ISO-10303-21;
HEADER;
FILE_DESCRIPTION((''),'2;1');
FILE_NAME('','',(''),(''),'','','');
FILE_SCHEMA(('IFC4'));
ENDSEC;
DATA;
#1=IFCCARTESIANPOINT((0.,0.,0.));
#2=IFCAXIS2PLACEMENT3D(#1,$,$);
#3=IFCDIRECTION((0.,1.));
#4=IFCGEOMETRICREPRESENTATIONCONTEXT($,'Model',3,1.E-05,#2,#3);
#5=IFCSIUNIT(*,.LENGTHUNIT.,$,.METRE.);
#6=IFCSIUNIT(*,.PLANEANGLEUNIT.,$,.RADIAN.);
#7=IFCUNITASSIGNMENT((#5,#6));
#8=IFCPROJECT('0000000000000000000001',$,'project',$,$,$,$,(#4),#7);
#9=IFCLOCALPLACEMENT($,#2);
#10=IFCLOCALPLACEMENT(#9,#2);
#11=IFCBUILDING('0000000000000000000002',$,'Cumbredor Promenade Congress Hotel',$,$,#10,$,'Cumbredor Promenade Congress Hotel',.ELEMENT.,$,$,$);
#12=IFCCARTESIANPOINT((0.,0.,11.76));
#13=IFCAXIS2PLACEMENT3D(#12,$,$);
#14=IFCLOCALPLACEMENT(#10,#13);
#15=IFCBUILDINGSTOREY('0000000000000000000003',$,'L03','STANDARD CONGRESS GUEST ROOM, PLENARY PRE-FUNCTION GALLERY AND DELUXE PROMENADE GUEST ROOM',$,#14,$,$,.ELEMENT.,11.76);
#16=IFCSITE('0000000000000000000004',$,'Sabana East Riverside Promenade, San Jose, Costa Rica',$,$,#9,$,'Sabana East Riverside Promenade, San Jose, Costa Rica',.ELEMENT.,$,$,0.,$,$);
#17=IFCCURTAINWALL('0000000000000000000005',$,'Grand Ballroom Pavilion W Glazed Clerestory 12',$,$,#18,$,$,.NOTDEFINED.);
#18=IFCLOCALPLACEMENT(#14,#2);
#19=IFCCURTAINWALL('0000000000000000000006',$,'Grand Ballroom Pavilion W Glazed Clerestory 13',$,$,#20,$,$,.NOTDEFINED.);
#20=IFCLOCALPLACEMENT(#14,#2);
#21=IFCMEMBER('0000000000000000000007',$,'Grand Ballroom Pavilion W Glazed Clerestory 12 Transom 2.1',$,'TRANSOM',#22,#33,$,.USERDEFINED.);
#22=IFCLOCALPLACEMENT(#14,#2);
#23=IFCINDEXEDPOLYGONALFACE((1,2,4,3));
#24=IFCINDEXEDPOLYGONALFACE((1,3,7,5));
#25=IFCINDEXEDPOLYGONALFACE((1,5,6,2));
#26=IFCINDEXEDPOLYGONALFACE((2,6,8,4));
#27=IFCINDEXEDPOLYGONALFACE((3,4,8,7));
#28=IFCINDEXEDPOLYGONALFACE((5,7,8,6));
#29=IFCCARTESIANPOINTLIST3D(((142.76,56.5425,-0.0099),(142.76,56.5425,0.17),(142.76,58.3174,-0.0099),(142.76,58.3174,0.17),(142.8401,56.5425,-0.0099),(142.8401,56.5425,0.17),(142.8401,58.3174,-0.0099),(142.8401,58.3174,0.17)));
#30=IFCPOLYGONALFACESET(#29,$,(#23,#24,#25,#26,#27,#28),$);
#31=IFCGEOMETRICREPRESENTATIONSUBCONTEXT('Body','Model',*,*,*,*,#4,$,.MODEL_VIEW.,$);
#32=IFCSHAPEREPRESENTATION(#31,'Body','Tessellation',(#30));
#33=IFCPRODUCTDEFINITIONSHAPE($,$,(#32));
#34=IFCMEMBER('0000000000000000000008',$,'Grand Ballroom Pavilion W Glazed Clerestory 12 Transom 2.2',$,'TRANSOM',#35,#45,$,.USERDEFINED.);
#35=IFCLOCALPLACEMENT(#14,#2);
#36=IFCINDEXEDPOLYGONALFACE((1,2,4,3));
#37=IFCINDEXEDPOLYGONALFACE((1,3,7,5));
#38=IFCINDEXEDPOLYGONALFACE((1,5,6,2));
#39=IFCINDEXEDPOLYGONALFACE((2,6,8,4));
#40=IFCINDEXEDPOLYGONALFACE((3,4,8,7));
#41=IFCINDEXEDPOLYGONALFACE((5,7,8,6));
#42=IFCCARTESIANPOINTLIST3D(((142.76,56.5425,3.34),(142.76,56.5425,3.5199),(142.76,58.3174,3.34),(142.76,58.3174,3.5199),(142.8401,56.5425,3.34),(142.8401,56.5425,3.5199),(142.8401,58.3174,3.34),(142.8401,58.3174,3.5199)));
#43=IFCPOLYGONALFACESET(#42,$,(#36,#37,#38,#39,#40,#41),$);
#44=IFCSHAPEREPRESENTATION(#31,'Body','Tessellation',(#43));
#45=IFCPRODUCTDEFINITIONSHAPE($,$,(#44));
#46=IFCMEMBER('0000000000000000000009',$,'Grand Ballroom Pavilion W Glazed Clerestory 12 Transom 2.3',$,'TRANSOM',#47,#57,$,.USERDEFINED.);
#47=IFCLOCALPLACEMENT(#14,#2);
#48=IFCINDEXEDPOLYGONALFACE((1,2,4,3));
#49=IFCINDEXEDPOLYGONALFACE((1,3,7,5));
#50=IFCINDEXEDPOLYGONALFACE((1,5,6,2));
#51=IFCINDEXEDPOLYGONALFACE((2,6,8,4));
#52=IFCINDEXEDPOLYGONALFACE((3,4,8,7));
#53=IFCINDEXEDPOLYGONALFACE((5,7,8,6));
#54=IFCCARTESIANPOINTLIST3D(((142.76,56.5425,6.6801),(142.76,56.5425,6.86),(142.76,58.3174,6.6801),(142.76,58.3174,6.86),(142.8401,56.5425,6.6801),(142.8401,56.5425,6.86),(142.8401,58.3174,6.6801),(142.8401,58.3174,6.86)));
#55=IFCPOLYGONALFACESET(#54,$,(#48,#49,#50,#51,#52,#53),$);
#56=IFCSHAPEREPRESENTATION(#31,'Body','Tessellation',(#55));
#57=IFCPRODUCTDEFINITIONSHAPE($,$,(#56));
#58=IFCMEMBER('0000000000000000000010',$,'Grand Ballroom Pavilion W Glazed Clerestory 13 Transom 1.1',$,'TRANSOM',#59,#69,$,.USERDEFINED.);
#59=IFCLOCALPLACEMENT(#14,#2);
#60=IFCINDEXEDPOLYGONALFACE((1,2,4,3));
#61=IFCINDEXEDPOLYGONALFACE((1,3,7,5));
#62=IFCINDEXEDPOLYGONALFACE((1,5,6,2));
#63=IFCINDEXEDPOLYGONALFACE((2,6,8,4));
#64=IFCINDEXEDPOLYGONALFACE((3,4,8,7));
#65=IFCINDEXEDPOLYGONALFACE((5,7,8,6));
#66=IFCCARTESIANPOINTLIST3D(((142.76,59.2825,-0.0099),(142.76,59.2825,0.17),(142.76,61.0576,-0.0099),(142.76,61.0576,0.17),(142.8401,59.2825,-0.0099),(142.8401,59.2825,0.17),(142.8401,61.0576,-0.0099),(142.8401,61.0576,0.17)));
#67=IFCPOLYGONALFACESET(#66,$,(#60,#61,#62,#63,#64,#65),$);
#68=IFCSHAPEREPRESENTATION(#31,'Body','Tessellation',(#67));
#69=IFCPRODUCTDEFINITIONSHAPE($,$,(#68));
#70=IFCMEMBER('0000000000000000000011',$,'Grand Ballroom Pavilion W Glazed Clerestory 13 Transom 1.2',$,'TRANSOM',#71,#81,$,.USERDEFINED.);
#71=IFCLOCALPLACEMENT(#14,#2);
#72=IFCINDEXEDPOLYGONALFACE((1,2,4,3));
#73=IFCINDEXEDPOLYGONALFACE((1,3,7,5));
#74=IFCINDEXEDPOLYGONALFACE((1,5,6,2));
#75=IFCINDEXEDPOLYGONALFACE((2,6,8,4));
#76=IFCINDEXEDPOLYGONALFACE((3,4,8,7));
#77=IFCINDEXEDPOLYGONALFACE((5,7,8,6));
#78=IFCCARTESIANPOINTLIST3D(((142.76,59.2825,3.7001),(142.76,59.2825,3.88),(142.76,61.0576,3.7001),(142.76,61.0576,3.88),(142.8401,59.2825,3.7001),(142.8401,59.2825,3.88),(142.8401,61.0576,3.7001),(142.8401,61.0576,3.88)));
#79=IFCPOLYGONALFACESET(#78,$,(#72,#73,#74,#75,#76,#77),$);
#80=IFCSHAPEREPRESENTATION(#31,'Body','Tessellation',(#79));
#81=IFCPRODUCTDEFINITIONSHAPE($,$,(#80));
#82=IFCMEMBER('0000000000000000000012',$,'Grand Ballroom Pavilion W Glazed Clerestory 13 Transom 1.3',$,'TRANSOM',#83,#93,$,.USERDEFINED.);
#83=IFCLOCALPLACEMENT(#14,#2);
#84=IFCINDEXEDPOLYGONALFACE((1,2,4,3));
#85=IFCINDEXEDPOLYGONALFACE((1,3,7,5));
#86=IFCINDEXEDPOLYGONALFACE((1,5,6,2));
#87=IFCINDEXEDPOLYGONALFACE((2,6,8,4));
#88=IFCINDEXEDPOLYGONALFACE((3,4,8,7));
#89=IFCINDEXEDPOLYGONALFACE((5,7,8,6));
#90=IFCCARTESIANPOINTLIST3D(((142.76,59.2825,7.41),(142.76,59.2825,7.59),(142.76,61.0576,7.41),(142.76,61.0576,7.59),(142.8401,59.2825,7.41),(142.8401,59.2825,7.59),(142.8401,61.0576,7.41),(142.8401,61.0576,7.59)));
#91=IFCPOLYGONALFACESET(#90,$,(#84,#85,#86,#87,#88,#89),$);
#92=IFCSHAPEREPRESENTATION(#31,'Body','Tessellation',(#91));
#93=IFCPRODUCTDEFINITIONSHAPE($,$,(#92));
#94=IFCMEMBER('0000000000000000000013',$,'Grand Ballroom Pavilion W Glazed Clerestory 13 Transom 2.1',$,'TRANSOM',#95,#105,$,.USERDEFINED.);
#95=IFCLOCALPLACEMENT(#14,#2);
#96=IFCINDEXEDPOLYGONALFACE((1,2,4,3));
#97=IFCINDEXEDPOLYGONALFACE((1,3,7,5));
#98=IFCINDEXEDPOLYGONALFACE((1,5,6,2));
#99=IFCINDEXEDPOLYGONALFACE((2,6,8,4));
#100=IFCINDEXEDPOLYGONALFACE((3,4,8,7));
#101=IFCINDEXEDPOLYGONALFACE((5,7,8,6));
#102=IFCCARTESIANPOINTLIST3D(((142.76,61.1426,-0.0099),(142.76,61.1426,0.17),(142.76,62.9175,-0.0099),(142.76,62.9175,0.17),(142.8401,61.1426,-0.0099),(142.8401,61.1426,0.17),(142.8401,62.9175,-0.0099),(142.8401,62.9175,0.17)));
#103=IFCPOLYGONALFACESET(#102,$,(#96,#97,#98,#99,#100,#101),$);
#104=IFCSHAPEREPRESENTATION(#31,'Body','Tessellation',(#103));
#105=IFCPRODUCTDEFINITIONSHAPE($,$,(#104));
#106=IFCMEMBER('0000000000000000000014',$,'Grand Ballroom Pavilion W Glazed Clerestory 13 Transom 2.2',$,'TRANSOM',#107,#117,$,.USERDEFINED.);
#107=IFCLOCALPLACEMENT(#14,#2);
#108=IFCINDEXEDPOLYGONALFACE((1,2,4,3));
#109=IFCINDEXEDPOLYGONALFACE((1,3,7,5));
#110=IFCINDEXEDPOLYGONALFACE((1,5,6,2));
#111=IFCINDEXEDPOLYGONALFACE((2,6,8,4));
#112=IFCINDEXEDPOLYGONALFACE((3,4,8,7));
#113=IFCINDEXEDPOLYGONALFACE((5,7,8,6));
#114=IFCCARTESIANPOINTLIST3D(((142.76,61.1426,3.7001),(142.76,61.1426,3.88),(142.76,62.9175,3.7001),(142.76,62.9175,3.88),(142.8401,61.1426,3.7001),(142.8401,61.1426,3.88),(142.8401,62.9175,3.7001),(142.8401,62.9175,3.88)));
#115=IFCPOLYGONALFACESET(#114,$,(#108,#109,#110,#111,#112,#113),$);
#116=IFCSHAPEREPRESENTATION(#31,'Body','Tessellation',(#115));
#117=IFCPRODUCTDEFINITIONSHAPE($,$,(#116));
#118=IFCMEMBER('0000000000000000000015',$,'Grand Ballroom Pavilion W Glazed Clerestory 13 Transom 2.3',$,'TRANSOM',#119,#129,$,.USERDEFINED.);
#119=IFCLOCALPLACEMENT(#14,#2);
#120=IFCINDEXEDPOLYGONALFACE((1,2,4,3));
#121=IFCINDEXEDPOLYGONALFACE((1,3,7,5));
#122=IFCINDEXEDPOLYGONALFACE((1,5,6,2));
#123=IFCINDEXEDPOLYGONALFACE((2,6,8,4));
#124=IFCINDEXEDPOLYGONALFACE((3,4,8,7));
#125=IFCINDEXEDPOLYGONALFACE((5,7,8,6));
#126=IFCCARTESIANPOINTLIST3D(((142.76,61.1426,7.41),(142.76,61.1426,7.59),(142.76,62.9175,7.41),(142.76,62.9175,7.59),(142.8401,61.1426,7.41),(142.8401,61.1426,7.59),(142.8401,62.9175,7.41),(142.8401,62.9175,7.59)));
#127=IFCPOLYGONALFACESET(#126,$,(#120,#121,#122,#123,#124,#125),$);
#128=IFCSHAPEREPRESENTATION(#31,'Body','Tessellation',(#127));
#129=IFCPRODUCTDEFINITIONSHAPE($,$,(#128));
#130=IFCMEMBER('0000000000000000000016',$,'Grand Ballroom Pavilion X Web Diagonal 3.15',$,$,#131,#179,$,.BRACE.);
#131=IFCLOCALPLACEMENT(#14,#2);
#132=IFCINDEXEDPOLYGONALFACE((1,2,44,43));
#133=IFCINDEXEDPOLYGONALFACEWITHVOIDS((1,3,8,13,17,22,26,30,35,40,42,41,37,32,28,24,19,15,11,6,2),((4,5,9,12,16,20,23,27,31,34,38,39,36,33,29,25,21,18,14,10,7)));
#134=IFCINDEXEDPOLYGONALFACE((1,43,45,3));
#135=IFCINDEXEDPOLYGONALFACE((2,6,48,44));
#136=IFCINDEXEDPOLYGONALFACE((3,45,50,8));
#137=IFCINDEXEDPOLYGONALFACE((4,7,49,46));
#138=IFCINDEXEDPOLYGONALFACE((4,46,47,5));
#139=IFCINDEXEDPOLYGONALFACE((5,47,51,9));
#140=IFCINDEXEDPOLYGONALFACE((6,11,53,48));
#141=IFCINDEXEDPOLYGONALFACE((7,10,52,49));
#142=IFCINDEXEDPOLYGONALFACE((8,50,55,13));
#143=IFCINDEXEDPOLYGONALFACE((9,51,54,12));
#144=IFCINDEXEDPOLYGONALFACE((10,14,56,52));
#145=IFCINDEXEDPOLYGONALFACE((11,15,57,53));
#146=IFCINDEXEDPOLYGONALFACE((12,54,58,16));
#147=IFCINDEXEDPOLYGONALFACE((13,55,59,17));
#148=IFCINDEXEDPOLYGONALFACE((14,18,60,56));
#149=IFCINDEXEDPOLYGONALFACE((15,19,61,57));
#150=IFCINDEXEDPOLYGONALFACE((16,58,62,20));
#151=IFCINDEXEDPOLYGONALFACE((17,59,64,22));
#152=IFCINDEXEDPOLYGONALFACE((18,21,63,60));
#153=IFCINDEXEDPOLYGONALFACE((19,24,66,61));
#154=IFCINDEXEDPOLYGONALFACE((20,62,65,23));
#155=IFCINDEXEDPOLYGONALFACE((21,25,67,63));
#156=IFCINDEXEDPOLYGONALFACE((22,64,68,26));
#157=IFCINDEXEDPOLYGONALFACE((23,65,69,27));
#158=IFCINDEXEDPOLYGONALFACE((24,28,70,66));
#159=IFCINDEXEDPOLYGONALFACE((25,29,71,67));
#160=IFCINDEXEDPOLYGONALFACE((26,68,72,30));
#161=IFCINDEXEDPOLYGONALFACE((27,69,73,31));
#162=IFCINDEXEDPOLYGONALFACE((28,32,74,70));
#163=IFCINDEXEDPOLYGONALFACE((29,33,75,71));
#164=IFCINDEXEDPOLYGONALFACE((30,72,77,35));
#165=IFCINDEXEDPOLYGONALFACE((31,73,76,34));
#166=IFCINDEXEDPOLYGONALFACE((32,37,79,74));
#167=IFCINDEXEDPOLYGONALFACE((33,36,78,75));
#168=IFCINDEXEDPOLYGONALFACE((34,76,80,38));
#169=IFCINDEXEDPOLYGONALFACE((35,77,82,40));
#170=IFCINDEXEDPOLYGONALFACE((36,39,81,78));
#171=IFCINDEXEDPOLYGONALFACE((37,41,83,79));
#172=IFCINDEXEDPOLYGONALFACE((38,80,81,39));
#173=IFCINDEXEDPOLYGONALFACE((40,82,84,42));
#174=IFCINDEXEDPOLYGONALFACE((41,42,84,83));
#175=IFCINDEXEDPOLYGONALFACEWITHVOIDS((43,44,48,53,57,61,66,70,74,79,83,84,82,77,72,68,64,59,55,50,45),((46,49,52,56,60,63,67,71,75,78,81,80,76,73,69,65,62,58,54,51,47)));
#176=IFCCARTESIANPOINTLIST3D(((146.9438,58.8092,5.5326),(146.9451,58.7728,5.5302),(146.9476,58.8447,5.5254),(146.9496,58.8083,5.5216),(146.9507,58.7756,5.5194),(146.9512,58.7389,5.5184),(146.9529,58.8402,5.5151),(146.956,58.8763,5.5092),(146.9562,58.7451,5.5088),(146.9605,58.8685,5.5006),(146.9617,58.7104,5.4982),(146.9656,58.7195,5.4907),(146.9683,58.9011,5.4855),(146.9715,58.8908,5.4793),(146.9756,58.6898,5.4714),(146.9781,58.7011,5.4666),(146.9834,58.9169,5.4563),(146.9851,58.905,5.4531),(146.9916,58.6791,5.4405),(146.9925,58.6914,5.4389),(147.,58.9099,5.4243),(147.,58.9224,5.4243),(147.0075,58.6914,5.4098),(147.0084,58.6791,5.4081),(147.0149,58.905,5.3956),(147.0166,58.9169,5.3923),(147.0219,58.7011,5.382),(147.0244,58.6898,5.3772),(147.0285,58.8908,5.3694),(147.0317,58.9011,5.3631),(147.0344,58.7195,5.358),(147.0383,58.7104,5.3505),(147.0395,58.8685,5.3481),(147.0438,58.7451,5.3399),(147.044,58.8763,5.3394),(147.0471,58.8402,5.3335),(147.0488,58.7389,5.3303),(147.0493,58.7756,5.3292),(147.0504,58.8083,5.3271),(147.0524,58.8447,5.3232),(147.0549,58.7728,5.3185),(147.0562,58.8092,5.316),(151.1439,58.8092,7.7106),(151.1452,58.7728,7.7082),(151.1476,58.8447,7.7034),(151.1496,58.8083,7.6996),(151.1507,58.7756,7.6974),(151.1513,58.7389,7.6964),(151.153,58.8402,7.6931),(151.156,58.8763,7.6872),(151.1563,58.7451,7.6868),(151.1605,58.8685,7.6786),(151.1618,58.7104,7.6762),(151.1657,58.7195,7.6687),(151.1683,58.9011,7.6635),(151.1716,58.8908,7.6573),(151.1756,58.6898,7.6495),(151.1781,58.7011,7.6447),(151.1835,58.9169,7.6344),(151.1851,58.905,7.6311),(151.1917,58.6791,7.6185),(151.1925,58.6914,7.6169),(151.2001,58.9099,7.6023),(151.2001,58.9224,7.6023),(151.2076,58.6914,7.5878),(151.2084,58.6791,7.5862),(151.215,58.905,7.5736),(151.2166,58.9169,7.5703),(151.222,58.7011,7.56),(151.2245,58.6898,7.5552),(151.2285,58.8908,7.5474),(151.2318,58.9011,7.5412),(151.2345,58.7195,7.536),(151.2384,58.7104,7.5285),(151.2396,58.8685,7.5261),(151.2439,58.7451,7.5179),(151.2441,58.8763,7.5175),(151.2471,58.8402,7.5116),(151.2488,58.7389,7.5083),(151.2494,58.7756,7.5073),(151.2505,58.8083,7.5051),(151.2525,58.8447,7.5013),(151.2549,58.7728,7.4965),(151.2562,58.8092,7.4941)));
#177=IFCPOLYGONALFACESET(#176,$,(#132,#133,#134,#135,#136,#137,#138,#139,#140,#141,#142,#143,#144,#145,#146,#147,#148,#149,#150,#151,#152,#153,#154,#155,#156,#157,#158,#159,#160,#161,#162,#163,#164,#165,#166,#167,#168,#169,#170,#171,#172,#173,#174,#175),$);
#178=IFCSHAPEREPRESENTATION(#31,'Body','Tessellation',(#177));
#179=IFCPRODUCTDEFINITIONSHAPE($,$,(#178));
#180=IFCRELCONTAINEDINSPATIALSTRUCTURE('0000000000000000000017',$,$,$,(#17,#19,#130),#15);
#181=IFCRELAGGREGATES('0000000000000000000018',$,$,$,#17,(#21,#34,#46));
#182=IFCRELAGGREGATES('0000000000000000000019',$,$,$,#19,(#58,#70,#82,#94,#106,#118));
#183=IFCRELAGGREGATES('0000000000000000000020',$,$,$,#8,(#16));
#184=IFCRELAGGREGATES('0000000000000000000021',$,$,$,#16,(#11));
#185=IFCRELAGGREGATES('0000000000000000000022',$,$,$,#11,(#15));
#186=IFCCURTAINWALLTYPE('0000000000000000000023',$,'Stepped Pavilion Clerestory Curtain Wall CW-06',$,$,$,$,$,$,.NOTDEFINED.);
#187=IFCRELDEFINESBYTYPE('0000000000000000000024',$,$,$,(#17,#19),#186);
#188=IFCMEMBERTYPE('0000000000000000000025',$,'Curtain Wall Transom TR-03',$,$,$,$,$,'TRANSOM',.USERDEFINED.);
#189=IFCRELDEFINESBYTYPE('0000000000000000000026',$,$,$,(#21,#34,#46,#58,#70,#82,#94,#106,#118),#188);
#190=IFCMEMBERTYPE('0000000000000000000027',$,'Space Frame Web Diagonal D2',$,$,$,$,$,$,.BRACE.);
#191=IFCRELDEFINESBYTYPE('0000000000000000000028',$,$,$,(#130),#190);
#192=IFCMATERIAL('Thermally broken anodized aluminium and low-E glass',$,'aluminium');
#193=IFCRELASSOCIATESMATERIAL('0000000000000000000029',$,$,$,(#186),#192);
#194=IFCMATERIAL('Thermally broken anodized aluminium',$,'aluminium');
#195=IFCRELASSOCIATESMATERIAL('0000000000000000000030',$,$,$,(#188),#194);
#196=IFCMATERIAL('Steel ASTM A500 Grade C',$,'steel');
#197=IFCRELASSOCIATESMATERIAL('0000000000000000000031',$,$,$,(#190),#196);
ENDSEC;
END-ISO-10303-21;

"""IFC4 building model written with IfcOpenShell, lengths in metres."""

from ifc_helpers import new_model, si_unit, direction, frame, origin, origin_2d, place, context, subcontext, project, spatial, rectangle, hollow_circle, extrude, material, material_profile, profile_set, type_object, element, aggregate, save


model = new_model("IFC4")

# Units and contexts
model_context = context("Model", 3, precision=1e-05, world=origin(), true_north=direction((0.0, 1.0)))
body_context = subcontext(model_context, "Body", "Model", "MODEL_VIEW")
ifc_project = project(units=[si_unit("LENGTHUNIT", "METRE"), si_unit("PLANEANGLEUNIT", "RADIAN")], contexts=[model_context])

# Site, building, storey
site_placement = place(None, origin())
site = spatial("IfcSite", under=ifc_project, at=site_placement, Name="Sabana East Riverside Promenade, San Jose, Costa Rica", LongName="Sabana East Riverside Promenade, San Jose, Costa Rica", CompositionType="ELEMENT", RefElevation=0.0)
building_placement = place(site_placement, origin())
building = spatial("IfcBuilding", under=site, at=building_placement, Name="Cumbredor Promenade Congress Hotel", LongName="Cumbredor Promenade Congress Hotel", CompositionType="ELEMENT")
storey_placement = place(building_placement, frame((0.0, 0.0, 11.76)))
storey = spatial("IfcBuildingStorey", under=building, at=storey_placement, Name="L03", Description="STANDARD CONGRESS GUEST ROOM, PLENARY PRE-FUNCTION GALLERY AND DELUXE PROMENADE GUEST ROOM", CompositionType="ELEMENT", Elevation=11.76)

# Shared definitions
ifc_material_1 = material(Name="Steel ASTM A500 Grade C", Category="steel")

# Curtain walls
ifc_material_2 = material(Name="Thermally broken anodized aluminium and low-E glass", Category="aluminium")
curtain_wall_type = type_object("IfcCurtainWallType", Name="Stepped Pavilion Clerestory Curtain Wall CW-06", PredefinedType="NOTDEFINED", material=ifc_material_2)
curtain_wall_1_placement = place(storey_placement, origin())
curtain_wall_1 = element("IfcCurtainWall", 1, at=curtain_wall_1_placement, inside=storey, type_object=curtain_wall_type, Name="Grand Ballroom Pavilion W Glazed Clerestory 12", PredefinedType="NOTDEFINED")
ifc_material_3 = material(Name="Thermally broken anodized aluminium", Category="aluminium")
curtain_wall_2_placement = place(storey_placement, origin())
curtain_wall_2 = element("IfcCurtainWall", 2, at=curtain_wall_2_placement, inside=storey, type_object=curtain_wall_type, Name="Grand Ballroom Pavilion W Glazed Clerestory 13", PredefinedType="NOTDEFINED")

# Members
ifc_material_profile_1 = material_profile(ifc_material_3, rectangle(XDim=0.0801, YDim=0.1799, at=origin_2d()), Name="ALU TRANSOM 80x180")
ifc_profile_set_1 = profile_set([ifc_material_profile_1], Name="Thermally broken anodized aluminium")
member_type_1 = type_object("IfcMemberType", Name="Curtain Wall Transom TR-03", ElementType="TRANSOM", PredefinedType="USERDEFINED", material=ifc_profile_set_1)
member_1_placement = place(storey_placement, frame((142.8, 56.5425, 0.0801), z_axis=(0.0, 1.0, 0.0), x_axis=(-1.0, 0.0, 0.0)))
member_1 = element("IfcMember", 3, at=member_1_placement, type_object=member_type_1, Name="Grand Ballroom Pavilion W Glazed Clerestory 12 Transom 2.1", ObjectType="TRANSOM", PredefinedType="USERDEFINED", context=body_context, shape_type="SweptSolid", body=[
    extrude(rectangle(XDim=0.0801, YDim=0.1799, at=origin_2d()), origin(), (0.0, 0.0, 1.0), 1.7749),
])
member_2_placement = place(storey_placement, frame((142.8, 56.5425, 3.4299), z_axis=(0.0, 1.0, 0.0), x_axis=(-1.0, 0.0, 0.0)))
member_2 = element("IfcMember", 4, at=member_2_placement, type_object=member_type_1, Name="Grand Ballroom Pavilion W Glazed Clerestory 12 Transom 2.2", ObjectType="TRANSOM", PredefinedType="USERDEFINED", context=body_context, shape_type="SweptSolid", body=[
    extrude(rectangle(XDim=0.0801, YDim=0.1799, at=origin_2d()), origin(), (0.0, 0.0, 1.0), 1.7749),
])
member_3_placement = place(storey_placement, frame((142.8, 56.5425, 6.77), z_axis=(0.0, 1.0, 0.0), x_axis=(-1.0, 0.0, 0.0)))
member_3 = element("IfcMember", 5, at=member_3_placement, type_object=member_type_1, Name="Grand Ballroom Pavilion W Glazed Clerestory 12 Transom 2.3", ObjectType="TRANSOM", PredefinedType="USERDEFINED", context=body_context, shape_type="SweptSolid", body=[
    extrude(rectangle(XDim=0.0801, YDim=0.1799, at=origin_2d()), origin(), (0.0, 0.0, 1.0), 1.7749),
])
member_4_placement = place(storey_placement, frame((142.8, 59.2825, 0.0801), z_axis=(0.0, 1.0, 0.0), x_axis=(-1.0, 0.0, 0.0)))
member_4 = element("IfcMember", 6, at=member_4_placement, type_object=member_type_1, Name="Grand Ballroom Pavilion W Glazed Clerestory 13 Transom 1.1", ObjectType="TRANSOM", PredefinedType="USERDEFINED", context=body_context, shape_type="SweptSolid", body=[
    extrude(rectangle(XDim=0.0801, YDim=0.1799, at=origin_2d()), origin(), (0.0, 0.0, 1.0), 1.7751),
])
member_5_placement = place(storey_placement, frame((142.8, 59.2825, 3.79), z_axis=(0.0, 1.0, 0.0), x_axis=(-1.0, 0.0, 0.0)))
member_5 = element("IfcMember", 7, at=member_5_placement, type_object=member_type_1, Name="Grand Ballroom Pavilion W Glazed Clerestory 13 Transom 1.2", ObjectType="TRANSOM", PredefinedType="USERDEFINED", context=body_context, shape_type="SweptSolid", body=[
    extrude(rectangle(XDim=0.0801, YDim=0.1799, at=origin_2d()), origin(), (0.0, 0.0, 1.0), 1.7751),
])
member_6_placement = place(storey_placement, frame((142.8, 59.2825, 7.5), z_axis=(0.0, 1.0, 0.0), x_axis=(-1.0, 0.0, 0.0)))
member_6 = element("IfcMember", 8, at=member_6_placement, type_object=member_type_1, Name="Grand Ballroom Pavilion W Glazed Clerestory 13 Transom 1.3", ObjectType="TRANSOM", PredefinedType="USERDEFINED", context=body_context, shape_type="SweptSolid", body=[
    extrude(rectangle(XDim=0.0801, YDim=0.1799, at=origin_2d()), origin(), (0.0, 0.0, 1.0), 1.7751),
])
member_7_placement = place(storey_placement, frame((142.8, 61.1426, 0.0801), z_axis=(0.0, 1.0, 0.0), x_axis=(-1.0, 0.0, 0.0)))
member_7 = element("IfcMember", 9, at=member_7_placement, type_object=member_type_1, Name="Grand Ballroom Pavilion W Glazed Clerestory 13 Transom 2.1", ObjectType="TRANSOM", PredefinedType="USERDEFINED", context=body_context, shape_type="SweptSolid", body=[
    extrude(rectangle(XDim=0.0801, YDim=0.1799, at=origin_2d()), origin(), (0.0, 0.0, 1.0), 1.7749),
])
member_8_placement = place(storey_placement, frame((142.8, 61.1426, 3.79), z_axis=(0.0, 1.0, 0.0), x_axis=(-1.0, 0.0, 0.0)))
member_8 = element("IfcMember", 10, at=member_8_placement, type_object=member_type_1, Name="Grand Ballroom Pavilion W Glazed Clerestory 13 Transom 2.2", ObjectType="TRANSOM", PredefinedType="USERDEFINED", context=body_context, shape_type="SweptSolid", body=[
    extrude(rectangle(XDim=0.0801, YDim=0.1799, at=origin_2d()), origin(), (0.0, 0.0, 1.0), 1.7749),
])
member_9_placement = place(storey_placement, frame((142.8, 61.1426, 7.5), z_axis=(0.0, 1.0, 0.0), x_axis=(-1.0, 0.0, 0.0)))
member_9 = element("IfcMember", 11, at=member_9_placement, type_object=member_type_1, Name="Grand Ballroom Pavilion W Glazed Clerestory 13 Transom 2.3", ObjectType="TRANSOM", PredefinedType="USERDEFINED", context=body_context, shape_type="SweptSolid", body=[
    extrude(rectangle(XDim=0.0801, YDim=0.1799, at=origin_2d()), origin(), (0.0, 0.0, 1.0), 1.7749),
])

# Member
ifc_material_profile_2 = material_profile(ifc_material_1, hollow_circle(Radius=0.1223, WallThickness=0.0125, at=origin_2d()), Name="CHS 244.5x12.5")
ifc_profile_set_2 = profile_set([ifc_material_profile_2], Name="Steel ASTM A500 Grade C")
member_type_2 = type_object("IfcMemberType", Name="Space Frame Web Diagonal D2", PredefinedType="BRACE", material=ifc_profile_set_2)
member_10_placement = place(storey_placement, frame((147.0, 58.8, 5.4243), z_axis=(0.887735, 0.0, 0.460355), x_axis=(0.0, 1.0, 0.0)))
element("IfcMember", 12, at=member_10_placement, inside=storey, type_object=member_type_2, Name="Grand Ballroom Pavilion X Web Diagonal 3.15", PredefinedType="BRACE", context=body_context, shape_type="SweptSolid", body=[
    extrude(hollow_circle(Radius=0.1223, WallThickness=0.0125, at=origin_2d()), origin(), (0.0, 0.0, 1.0), 4.7312),
])

aggregate(curtain_wall_1, [member_1, member_2, member_3])
aggregate(curtain_wall_2, [member_4, member_5, member_6, member_7, member_8, member_9])

save(model, "model.ifc")
